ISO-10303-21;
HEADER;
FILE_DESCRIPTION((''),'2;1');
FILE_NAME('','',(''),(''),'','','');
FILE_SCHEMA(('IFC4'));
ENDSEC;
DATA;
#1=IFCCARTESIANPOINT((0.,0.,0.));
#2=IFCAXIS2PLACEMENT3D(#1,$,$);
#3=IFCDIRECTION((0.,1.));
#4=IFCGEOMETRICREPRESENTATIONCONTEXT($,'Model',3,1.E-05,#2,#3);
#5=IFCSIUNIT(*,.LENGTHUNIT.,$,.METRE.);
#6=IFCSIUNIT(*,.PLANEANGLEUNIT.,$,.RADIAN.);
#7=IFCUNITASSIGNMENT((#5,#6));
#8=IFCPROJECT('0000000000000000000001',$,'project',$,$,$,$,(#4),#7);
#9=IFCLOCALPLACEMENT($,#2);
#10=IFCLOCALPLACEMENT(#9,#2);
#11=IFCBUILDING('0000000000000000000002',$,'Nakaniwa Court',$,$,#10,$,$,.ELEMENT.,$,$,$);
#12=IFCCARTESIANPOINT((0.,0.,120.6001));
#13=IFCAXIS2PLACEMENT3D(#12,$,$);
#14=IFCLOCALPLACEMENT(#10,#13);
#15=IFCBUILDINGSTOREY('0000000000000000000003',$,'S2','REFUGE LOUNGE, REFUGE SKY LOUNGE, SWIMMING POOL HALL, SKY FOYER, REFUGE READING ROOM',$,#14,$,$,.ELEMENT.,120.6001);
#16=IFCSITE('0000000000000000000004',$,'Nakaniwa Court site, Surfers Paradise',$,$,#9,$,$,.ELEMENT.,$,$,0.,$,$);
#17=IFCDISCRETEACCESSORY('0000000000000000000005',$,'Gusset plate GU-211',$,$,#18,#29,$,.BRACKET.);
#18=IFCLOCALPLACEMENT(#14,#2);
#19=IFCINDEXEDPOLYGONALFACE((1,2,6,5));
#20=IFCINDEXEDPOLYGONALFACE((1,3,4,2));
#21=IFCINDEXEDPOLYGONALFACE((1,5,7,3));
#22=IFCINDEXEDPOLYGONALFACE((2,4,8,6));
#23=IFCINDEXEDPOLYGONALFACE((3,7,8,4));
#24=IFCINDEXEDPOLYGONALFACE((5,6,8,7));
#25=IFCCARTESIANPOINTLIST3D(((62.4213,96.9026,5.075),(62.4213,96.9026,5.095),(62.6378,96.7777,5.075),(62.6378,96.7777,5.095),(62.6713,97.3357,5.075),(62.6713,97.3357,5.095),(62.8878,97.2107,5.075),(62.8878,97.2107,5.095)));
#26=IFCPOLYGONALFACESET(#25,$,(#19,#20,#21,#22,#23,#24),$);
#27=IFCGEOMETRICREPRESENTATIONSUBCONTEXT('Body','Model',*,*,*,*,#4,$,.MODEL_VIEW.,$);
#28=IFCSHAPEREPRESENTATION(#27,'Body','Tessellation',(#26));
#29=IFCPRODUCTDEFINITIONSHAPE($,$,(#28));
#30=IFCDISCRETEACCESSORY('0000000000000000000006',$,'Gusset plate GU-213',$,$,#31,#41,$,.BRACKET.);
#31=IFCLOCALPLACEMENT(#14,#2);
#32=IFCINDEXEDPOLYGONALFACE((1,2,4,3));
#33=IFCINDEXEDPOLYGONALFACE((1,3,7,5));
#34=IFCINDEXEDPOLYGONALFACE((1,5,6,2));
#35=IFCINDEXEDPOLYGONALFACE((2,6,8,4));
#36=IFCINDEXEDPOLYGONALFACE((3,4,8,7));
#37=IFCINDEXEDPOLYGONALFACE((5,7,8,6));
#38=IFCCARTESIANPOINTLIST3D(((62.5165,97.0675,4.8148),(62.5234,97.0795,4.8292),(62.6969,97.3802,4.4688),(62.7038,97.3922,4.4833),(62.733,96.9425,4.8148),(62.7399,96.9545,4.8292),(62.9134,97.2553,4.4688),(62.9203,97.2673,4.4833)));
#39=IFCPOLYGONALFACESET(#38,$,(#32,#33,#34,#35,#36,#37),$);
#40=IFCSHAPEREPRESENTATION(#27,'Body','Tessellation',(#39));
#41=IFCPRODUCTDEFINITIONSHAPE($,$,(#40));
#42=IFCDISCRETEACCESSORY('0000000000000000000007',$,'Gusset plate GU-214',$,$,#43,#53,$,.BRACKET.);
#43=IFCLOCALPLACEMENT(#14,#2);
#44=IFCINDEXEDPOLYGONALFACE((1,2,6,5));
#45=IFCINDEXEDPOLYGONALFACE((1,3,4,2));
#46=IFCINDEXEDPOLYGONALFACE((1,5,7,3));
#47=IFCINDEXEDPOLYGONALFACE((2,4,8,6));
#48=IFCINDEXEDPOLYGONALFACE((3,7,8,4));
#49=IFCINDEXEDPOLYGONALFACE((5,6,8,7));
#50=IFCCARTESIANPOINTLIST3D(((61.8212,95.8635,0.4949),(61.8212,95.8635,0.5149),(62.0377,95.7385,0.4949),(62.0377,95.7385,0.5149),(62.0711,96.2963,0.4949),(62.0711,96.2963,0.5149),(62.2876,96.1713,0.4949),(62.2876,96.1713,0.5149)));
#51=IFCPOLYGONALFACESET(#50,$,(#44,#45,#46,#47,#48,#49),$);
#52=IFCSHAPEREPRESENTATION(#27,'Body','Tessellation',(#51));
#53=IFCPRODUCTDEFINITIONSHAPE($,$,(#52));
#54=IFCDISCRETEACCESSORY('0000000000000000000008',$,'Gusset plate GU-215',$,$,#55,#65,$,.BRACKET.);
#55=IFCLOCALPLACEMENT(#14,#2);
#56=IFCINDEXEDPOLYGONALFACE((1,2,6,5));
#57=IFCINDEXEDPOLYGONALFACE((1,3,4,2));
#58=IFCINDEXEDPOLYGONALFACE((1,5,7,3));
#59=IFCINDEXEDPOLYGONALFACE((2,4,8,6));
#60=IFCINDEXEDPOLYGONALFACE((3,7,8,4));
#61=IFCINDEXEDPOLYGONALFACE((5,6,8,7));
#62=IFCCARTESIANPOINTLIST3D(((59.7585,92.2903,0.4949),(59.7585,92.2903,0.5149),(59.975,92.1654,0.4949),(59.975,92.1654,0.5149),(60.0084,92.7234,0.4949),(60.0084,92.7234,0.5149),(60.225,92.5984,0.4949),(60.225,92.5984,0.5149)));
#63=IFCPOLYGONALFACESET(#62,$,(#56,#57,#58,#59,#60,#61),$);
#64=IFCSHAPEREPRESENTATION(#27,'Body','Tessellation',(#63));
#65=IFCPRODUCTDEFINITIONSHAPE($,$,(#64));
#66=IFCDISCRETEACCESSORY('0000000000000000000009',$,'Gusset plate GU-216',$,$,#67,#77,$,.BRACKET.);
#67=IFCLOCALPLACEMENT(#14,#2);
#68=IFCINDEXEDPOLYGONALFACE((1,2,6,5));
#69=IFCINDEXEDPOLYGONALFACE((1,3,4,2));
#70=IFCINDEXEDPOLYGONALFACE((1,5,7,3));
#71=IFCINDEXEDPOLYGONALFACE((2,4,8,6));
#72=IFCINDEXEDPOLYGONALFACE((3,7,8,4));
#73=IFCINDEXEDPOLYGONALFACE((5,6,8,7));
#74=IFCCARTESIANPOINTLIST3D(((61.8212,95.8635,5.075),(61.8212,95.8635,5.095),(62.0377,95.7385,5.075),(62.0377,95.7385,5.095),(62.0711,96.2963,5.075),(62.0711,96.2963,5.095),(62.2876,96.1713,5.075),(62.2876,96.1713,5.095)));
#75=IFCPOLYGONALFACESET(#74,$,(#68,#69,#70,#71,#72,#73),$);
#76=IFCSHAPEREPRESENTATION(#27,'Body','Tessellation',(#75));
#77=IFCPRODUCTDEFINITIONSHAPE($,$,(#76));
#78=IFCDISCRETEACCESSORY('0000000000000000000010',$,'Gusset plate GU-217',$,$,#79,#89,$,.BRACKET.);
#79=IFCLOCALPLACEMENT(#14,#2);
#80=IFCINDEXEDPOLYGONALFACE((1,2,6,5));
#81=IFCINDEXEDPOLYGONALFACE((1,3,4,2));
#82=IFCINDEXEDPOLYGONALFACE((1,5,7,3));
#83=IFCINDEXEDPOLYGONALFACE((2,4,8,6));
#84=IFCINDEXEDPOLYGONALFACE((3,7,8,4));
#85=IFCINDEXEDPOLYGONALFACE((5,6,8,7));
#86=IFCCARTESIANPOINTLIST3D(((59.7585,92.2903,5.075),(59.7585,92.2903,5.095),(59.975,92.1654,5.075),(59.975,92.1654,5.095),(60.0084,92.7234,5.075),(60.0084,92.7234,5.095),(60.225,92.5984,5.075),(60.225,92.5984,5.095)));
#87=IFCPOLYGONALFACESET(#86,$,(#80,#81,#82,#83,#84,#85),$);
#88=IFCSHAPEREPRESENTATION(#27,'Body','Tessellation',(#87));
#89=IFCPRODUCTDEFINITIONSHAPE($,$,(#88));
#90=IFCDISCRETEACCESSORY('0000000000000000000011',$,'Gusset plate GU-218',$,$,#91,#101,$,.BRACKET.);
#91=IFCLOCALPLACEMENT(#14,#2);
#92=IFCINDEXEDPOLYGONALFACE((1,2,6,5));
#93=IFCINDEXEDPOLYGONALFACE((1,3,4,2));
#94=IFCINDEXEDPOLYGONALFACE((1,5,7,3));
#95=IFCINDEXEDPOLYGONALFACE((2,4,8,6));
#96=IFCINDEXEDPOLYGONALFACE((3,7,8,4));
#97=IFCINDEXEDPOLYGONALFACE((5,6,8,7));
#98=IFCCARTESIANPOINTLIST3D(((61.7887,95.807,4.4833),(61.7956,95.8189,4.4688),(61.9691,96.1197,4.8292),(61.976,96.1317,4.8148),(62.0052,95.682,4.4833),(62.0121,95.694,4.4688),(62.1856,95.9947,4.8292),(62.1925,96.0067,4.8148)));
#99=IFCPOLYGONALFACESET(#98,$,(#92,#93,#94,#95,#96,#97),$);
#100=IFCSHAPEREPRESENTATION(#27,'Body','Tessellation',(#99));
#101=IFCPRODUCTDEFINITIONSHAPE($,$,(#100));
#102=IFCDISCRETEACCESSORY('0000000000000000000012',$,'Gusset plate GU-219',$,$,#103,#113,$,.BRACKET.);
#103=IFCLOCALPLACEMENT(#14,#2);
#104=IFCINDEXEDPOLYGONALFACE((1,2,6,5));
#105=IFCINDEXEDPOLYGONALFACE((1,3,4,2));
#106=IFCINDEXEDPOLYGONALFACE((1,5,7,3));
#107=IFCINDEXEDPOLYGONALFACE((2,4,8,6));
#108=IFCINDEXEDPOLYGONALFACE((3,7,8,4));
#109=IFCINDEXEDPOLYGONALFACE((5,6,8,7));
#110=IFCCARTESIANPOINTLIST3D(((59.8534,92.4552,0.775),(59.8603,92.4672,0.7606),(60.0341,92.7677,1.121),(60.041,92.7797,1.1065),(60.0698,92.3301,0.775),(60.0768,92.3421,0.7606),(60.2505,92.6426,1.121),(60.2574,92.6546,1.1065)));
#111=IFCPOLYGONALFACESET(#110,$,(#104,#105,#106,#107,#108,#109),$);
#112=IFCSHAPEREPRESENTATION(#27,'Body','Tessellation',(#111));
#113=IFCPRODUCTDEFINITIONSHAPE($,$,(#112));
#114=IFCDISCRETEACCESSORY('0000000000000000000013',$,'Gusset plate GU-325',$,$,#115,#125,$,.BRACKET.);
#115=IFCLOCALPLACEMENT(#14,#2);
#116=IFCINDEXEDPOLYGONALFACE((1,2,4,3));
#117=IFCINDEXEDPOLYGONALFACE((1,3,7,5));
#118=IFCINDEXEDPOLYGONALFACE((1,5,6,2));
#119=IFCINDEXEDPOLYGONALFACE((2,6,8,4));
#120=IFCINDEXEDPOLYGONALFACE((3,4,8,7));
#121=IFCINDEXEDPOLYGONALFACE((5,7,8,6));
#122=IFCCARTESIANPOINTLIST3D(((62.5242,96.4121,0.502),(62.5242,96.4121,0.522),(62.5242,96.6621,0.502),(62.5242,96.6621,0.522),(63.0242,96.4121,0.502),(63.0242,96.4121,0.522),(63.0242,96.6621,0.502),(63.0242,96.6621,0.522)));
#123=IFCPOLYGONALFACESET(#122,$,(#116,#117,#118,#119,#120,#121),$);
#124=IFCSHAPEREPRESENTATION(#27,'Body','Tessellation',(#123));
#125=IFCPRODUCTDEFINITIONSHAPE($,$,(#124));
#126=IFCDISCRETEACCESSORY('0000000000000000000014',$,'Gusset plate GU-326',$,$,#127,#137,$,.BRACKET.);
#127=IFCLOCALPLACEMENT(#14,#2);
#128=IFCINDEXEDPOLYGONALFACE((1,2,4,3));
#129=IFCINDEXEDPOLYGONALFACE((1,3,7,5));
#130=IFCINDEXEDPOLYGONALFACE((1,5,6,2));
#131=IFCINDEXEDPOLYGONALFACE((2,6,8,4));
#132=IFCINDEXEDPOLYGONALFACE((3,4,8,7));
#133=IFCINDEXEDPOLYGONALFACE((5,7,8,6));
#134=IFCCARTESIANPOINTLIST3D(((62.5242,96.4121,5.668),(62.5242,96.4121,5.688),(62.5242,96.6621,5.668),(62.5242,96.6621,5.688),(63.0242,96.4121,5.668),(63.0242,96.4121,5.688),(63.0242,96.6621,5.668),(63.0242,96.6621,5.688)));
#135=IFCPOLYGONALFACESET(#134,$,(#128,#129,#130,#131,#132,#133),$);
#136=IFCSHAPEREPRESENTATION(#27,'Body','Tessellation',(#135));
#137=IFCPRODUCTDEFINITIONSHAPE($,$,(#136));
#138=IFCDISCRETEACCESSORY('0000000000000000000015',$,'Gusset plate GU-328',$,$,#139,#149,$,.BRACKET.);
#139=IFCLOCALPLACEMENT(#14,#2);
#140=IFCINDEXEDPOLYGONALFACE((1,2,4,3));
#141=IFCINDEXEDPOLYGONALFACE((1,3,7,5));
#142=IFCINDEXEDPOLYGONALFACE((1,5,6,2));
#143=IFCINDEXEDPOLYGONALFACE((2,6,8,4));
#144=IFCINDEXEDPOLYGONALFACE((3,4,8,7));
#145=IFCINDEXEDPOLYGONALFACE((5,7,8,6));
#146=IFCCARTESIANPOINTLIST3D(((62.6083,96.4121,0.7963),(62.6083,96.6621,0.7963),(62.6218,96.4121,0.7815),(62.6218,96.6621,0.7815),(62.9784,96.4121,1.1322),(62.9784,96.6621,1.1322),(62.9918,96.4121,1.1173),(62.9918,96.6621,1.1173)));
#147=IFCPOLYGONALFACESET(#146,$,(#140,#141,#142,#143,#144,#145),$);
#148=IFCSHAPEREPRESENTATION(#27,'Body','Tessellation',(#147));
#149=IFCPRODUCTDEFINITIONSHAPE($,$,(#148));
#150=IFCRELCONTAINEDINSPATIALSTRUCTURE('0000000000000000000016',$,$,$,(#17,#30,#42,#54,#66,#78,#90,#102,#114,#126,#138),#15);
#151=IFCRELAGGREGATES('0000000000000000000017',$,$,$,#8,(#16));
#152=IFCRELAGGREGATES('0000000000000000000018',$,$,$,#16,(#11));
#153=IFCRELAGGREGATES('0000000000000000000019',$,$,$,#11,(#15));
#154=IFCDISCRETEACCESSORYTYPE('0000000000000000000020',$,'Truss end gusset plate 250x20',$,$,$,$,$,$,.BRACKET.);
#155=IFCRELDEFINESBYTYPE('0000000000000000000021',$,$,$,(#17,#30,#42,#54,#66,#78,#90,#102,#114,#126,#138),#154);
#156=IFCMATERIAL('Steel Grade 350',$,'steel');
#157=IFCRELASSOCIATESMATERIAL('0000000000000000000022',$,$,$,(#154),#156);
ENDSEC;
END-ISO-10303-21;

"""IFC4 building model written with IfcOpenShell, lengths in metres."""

from ifc_helpers import new_model, si_unit, direction, frame, origin, origin_2d, place, context, subcontext, project, spatial, rectangle, extrude, material, material_profile, profile_set, type_object, element, save


model = new_model("IFC4")

# Units and contexts
model_context = context("Model", 3, precision=1e-05, world=origin(), true_north=direction((0.0, 1.0)))
body_context = subcontext(model_context, "Body", "Model", "MODEL_VIEW")
ifc_project = project(units=[si_unit("LENGTHUNIT", "METRE"), si_unit("PLANEANGLEUNIT", "RADIAN")], contexts=[model_context])

# Site, building, storey
site_placement = place(None, origin())
site = spatial("IfcSite", under=ifc_project, at=site_placement, Name="Nakaniwa Court site, Surfers Paradise", CompositionType="ELEMENT", RefElevation=0.0)
building_placement = place(site_placement, origin())
building = spatial("IfcBuilding", under=site, at=building_placement, Name="Nakaniwa Court", CompositionType="ELEMENT")
storey_placement = place(building_placement, frame((0.0, 0.0, 120.6001)))
storey = spatial("IfcBuildingStorey", under=building, at=storey_placement, Name="S2", Description="REFUGE LOUNGE, REFUGE SKY LOUNGE, SWIMMING POOL HALL, SKY FOYER, REFUGE READING ROOM", CompositionType="ELEMENT", Elevation=120.6001)

# Shared definitions
ifc_material_1 = material(Name="Steel Grade 350", Category="steel")

# Discrete accessories
ifc_material_profile_1 = material_profile(ifc_material_1, rectangle(XDim=0.25, YDim=0.02, at=origin_2d()), Name="Truss end gusset plate 250x20")
ifc_profile_set_1 = profile_set([ifc_material_profile_1], Name="Steel Grade 350")
discrete_accessory_type = type_object("IfcDiscreteAccessoryType", Name="Truss end gusset plate 250x20", PredefinedType="BRACKET", material=ifc_profile_set_1)
for number, where, z_axis, x_axis, name in (
    (1, (62.7795, 97.2732, 5.085), (-0.49992, -0.866072, 0.0), (0.866072, -0.49992, 0.0), "Gusset plate GU-211"),
    (2, (62.8086, 97.3237, 4.4761), (-0.360811, -0.625439, 0.69184), (0.866197, -0.499703, 0.0), "Gusset plate GU-213"),
):
    element("IfcDiscreteAccessory", number, at=place(storey_placement, frame(where, z_axis=z_axis, x_axis=x_axis)), inside=storey, type_object=discrete_accessory_type, Name=name, PredefinedType="BRACKET", context=body_context, shape_type="SweptSolid", body=[
        extrude(rectangle(XDim=0.25, YDim=0.02, at=origin_2d()), origin(), (0.0, 0.0, 1.0), 0.5),
    ])
discrete_accessory_1_placement = place(storey_placement, frame((61.9294, 95.801, 0.5049), z_axis=(0.500131, 0.86595, 0.0), x_axis=(-0.86595, 0.500131, 0.0)))
element("IfcDiscreteAccessory", 3, at=discrete_accessory_1_placement, inside=storey, type_object=discrete_accessory_type, Name="Gusset plate GU-214", PredefinedType="BRACKET", context=body_context, shape_type="SweptSolid", body=[
    extrude(rectangle(XDim=0.25, YDim=0.02, at=origin_2d()), origin(), (0.0, 0.0, 1.0), 0.4998),
])
discrete_accessory_2_placement = place(storey_placement, frame((60.1167, 92.6609, 0.5049), z_axis=(-0.49992, -0.866072, 0.0), x_axis=(0.866072, -0.49992, 0.0)))
element("IfcDiscreteAccessory", 4, at=discrete_accessory_2_placement, inside=storey, type_object=discrete_accessory_type, Name="Gusset plate GU-215", PredefinedType="BRACKET", context=body_context, shape_type="SweptSolid", body=[
    extrude(rectangle(XDim=0.25, YDim=0.02, at=origin_2d()), origin(), (0.0, 0.0, 1.0), 0.5),
])
discrete_accessory_3_placement = place(storey_placement, frame((61.9294, 95.801, 5.085), z_axis=(0.500131, 0.86595, 0.0), x_axis=(-0.86595, 0.500131, 0.0)))
element("IfcDiscreteAccessory", 5, at=discrete_accessory_3_placement, inside=storey, type_object=discrete_accessory_type, Name="Gusset plate GU-216", PredefinedType="BRACKET", context=body_context, shape_type="SweptSolid", body=[
    extrude(rectangle(XDim=0.25, YDim=0.02, at=origin_2d()), origin(), (0.0, 0.0, 1.0), 0.4998),
])
for number, where, z_axis, x_axis, name in (
    (6, (60.1167, 92.6609, 5.085), (-0.49992, -0.866072, 0.0), (0.866072, -0.49992, 0.0), "Gusset plate GU-217"),
    (7, (61.9004, 95.7505, 4.4761), (0.360811, 0.625439, 0.69184), (-0.866197, 0.499703, 0.0), "Gusset plate GU-218"),
    (8, (60.1458, 92.7112, 1.1138), (-0.361346, -0.625031, -0.691929), (0.865735, -0.500503, 0.0), "Gusset plate GU-219"),
    (9, (63.0242, 96.5371, 0.512), (-1.0, 0.0, 0.0), (0.0, -1.0, 0.0), "Gusset plate GU-325"),
    (10, (63.0242, 96.5371, 5.678), (-1.0, 0.0, 0.0), (0.0, -1.0, 0.0), "Gusset plate GU-326"),
):
    element("IfcDiscreteAccessory", number, at=place(storey_placement, frame(where, z_axis=z_axis, x_axis=x_axis)), inside=storey, type_object=discrete_accessory_type, Name=name, PredefinedType="BRACKET", context=body_context, shape_type="SweptSolid", body=[
        extrude(rectangle(XDim=0.25, YDim=0.02, at=origin_2d()), origin(), (0.0, 0.0, 1.0), 0.5),
    ])
discrete_accessory_4_placement = place(storey_placement, frame((62.9851, 96.5371, 1.1248), z_axis=(-0.74047, 0.0, -0.672089), x_axis=(0.0, -1.0, 0.0)))
element("IfcDiscreteAccessory", 11, at=discrete_accessory_4_placement, inside=storey, type_object=discrete_accessory_type, Name="Gusset plate GU-328", PredefinedType="BRACKET", context=body_context, shape_type="SweptSolid", body=[
    extrude(rectangle(XDim=0.25, YDim=0.02, at=origin_2d()), origin(), (0.0, 0.0, 1.0), 0.4998),
])

save(model, "model.ifc")
